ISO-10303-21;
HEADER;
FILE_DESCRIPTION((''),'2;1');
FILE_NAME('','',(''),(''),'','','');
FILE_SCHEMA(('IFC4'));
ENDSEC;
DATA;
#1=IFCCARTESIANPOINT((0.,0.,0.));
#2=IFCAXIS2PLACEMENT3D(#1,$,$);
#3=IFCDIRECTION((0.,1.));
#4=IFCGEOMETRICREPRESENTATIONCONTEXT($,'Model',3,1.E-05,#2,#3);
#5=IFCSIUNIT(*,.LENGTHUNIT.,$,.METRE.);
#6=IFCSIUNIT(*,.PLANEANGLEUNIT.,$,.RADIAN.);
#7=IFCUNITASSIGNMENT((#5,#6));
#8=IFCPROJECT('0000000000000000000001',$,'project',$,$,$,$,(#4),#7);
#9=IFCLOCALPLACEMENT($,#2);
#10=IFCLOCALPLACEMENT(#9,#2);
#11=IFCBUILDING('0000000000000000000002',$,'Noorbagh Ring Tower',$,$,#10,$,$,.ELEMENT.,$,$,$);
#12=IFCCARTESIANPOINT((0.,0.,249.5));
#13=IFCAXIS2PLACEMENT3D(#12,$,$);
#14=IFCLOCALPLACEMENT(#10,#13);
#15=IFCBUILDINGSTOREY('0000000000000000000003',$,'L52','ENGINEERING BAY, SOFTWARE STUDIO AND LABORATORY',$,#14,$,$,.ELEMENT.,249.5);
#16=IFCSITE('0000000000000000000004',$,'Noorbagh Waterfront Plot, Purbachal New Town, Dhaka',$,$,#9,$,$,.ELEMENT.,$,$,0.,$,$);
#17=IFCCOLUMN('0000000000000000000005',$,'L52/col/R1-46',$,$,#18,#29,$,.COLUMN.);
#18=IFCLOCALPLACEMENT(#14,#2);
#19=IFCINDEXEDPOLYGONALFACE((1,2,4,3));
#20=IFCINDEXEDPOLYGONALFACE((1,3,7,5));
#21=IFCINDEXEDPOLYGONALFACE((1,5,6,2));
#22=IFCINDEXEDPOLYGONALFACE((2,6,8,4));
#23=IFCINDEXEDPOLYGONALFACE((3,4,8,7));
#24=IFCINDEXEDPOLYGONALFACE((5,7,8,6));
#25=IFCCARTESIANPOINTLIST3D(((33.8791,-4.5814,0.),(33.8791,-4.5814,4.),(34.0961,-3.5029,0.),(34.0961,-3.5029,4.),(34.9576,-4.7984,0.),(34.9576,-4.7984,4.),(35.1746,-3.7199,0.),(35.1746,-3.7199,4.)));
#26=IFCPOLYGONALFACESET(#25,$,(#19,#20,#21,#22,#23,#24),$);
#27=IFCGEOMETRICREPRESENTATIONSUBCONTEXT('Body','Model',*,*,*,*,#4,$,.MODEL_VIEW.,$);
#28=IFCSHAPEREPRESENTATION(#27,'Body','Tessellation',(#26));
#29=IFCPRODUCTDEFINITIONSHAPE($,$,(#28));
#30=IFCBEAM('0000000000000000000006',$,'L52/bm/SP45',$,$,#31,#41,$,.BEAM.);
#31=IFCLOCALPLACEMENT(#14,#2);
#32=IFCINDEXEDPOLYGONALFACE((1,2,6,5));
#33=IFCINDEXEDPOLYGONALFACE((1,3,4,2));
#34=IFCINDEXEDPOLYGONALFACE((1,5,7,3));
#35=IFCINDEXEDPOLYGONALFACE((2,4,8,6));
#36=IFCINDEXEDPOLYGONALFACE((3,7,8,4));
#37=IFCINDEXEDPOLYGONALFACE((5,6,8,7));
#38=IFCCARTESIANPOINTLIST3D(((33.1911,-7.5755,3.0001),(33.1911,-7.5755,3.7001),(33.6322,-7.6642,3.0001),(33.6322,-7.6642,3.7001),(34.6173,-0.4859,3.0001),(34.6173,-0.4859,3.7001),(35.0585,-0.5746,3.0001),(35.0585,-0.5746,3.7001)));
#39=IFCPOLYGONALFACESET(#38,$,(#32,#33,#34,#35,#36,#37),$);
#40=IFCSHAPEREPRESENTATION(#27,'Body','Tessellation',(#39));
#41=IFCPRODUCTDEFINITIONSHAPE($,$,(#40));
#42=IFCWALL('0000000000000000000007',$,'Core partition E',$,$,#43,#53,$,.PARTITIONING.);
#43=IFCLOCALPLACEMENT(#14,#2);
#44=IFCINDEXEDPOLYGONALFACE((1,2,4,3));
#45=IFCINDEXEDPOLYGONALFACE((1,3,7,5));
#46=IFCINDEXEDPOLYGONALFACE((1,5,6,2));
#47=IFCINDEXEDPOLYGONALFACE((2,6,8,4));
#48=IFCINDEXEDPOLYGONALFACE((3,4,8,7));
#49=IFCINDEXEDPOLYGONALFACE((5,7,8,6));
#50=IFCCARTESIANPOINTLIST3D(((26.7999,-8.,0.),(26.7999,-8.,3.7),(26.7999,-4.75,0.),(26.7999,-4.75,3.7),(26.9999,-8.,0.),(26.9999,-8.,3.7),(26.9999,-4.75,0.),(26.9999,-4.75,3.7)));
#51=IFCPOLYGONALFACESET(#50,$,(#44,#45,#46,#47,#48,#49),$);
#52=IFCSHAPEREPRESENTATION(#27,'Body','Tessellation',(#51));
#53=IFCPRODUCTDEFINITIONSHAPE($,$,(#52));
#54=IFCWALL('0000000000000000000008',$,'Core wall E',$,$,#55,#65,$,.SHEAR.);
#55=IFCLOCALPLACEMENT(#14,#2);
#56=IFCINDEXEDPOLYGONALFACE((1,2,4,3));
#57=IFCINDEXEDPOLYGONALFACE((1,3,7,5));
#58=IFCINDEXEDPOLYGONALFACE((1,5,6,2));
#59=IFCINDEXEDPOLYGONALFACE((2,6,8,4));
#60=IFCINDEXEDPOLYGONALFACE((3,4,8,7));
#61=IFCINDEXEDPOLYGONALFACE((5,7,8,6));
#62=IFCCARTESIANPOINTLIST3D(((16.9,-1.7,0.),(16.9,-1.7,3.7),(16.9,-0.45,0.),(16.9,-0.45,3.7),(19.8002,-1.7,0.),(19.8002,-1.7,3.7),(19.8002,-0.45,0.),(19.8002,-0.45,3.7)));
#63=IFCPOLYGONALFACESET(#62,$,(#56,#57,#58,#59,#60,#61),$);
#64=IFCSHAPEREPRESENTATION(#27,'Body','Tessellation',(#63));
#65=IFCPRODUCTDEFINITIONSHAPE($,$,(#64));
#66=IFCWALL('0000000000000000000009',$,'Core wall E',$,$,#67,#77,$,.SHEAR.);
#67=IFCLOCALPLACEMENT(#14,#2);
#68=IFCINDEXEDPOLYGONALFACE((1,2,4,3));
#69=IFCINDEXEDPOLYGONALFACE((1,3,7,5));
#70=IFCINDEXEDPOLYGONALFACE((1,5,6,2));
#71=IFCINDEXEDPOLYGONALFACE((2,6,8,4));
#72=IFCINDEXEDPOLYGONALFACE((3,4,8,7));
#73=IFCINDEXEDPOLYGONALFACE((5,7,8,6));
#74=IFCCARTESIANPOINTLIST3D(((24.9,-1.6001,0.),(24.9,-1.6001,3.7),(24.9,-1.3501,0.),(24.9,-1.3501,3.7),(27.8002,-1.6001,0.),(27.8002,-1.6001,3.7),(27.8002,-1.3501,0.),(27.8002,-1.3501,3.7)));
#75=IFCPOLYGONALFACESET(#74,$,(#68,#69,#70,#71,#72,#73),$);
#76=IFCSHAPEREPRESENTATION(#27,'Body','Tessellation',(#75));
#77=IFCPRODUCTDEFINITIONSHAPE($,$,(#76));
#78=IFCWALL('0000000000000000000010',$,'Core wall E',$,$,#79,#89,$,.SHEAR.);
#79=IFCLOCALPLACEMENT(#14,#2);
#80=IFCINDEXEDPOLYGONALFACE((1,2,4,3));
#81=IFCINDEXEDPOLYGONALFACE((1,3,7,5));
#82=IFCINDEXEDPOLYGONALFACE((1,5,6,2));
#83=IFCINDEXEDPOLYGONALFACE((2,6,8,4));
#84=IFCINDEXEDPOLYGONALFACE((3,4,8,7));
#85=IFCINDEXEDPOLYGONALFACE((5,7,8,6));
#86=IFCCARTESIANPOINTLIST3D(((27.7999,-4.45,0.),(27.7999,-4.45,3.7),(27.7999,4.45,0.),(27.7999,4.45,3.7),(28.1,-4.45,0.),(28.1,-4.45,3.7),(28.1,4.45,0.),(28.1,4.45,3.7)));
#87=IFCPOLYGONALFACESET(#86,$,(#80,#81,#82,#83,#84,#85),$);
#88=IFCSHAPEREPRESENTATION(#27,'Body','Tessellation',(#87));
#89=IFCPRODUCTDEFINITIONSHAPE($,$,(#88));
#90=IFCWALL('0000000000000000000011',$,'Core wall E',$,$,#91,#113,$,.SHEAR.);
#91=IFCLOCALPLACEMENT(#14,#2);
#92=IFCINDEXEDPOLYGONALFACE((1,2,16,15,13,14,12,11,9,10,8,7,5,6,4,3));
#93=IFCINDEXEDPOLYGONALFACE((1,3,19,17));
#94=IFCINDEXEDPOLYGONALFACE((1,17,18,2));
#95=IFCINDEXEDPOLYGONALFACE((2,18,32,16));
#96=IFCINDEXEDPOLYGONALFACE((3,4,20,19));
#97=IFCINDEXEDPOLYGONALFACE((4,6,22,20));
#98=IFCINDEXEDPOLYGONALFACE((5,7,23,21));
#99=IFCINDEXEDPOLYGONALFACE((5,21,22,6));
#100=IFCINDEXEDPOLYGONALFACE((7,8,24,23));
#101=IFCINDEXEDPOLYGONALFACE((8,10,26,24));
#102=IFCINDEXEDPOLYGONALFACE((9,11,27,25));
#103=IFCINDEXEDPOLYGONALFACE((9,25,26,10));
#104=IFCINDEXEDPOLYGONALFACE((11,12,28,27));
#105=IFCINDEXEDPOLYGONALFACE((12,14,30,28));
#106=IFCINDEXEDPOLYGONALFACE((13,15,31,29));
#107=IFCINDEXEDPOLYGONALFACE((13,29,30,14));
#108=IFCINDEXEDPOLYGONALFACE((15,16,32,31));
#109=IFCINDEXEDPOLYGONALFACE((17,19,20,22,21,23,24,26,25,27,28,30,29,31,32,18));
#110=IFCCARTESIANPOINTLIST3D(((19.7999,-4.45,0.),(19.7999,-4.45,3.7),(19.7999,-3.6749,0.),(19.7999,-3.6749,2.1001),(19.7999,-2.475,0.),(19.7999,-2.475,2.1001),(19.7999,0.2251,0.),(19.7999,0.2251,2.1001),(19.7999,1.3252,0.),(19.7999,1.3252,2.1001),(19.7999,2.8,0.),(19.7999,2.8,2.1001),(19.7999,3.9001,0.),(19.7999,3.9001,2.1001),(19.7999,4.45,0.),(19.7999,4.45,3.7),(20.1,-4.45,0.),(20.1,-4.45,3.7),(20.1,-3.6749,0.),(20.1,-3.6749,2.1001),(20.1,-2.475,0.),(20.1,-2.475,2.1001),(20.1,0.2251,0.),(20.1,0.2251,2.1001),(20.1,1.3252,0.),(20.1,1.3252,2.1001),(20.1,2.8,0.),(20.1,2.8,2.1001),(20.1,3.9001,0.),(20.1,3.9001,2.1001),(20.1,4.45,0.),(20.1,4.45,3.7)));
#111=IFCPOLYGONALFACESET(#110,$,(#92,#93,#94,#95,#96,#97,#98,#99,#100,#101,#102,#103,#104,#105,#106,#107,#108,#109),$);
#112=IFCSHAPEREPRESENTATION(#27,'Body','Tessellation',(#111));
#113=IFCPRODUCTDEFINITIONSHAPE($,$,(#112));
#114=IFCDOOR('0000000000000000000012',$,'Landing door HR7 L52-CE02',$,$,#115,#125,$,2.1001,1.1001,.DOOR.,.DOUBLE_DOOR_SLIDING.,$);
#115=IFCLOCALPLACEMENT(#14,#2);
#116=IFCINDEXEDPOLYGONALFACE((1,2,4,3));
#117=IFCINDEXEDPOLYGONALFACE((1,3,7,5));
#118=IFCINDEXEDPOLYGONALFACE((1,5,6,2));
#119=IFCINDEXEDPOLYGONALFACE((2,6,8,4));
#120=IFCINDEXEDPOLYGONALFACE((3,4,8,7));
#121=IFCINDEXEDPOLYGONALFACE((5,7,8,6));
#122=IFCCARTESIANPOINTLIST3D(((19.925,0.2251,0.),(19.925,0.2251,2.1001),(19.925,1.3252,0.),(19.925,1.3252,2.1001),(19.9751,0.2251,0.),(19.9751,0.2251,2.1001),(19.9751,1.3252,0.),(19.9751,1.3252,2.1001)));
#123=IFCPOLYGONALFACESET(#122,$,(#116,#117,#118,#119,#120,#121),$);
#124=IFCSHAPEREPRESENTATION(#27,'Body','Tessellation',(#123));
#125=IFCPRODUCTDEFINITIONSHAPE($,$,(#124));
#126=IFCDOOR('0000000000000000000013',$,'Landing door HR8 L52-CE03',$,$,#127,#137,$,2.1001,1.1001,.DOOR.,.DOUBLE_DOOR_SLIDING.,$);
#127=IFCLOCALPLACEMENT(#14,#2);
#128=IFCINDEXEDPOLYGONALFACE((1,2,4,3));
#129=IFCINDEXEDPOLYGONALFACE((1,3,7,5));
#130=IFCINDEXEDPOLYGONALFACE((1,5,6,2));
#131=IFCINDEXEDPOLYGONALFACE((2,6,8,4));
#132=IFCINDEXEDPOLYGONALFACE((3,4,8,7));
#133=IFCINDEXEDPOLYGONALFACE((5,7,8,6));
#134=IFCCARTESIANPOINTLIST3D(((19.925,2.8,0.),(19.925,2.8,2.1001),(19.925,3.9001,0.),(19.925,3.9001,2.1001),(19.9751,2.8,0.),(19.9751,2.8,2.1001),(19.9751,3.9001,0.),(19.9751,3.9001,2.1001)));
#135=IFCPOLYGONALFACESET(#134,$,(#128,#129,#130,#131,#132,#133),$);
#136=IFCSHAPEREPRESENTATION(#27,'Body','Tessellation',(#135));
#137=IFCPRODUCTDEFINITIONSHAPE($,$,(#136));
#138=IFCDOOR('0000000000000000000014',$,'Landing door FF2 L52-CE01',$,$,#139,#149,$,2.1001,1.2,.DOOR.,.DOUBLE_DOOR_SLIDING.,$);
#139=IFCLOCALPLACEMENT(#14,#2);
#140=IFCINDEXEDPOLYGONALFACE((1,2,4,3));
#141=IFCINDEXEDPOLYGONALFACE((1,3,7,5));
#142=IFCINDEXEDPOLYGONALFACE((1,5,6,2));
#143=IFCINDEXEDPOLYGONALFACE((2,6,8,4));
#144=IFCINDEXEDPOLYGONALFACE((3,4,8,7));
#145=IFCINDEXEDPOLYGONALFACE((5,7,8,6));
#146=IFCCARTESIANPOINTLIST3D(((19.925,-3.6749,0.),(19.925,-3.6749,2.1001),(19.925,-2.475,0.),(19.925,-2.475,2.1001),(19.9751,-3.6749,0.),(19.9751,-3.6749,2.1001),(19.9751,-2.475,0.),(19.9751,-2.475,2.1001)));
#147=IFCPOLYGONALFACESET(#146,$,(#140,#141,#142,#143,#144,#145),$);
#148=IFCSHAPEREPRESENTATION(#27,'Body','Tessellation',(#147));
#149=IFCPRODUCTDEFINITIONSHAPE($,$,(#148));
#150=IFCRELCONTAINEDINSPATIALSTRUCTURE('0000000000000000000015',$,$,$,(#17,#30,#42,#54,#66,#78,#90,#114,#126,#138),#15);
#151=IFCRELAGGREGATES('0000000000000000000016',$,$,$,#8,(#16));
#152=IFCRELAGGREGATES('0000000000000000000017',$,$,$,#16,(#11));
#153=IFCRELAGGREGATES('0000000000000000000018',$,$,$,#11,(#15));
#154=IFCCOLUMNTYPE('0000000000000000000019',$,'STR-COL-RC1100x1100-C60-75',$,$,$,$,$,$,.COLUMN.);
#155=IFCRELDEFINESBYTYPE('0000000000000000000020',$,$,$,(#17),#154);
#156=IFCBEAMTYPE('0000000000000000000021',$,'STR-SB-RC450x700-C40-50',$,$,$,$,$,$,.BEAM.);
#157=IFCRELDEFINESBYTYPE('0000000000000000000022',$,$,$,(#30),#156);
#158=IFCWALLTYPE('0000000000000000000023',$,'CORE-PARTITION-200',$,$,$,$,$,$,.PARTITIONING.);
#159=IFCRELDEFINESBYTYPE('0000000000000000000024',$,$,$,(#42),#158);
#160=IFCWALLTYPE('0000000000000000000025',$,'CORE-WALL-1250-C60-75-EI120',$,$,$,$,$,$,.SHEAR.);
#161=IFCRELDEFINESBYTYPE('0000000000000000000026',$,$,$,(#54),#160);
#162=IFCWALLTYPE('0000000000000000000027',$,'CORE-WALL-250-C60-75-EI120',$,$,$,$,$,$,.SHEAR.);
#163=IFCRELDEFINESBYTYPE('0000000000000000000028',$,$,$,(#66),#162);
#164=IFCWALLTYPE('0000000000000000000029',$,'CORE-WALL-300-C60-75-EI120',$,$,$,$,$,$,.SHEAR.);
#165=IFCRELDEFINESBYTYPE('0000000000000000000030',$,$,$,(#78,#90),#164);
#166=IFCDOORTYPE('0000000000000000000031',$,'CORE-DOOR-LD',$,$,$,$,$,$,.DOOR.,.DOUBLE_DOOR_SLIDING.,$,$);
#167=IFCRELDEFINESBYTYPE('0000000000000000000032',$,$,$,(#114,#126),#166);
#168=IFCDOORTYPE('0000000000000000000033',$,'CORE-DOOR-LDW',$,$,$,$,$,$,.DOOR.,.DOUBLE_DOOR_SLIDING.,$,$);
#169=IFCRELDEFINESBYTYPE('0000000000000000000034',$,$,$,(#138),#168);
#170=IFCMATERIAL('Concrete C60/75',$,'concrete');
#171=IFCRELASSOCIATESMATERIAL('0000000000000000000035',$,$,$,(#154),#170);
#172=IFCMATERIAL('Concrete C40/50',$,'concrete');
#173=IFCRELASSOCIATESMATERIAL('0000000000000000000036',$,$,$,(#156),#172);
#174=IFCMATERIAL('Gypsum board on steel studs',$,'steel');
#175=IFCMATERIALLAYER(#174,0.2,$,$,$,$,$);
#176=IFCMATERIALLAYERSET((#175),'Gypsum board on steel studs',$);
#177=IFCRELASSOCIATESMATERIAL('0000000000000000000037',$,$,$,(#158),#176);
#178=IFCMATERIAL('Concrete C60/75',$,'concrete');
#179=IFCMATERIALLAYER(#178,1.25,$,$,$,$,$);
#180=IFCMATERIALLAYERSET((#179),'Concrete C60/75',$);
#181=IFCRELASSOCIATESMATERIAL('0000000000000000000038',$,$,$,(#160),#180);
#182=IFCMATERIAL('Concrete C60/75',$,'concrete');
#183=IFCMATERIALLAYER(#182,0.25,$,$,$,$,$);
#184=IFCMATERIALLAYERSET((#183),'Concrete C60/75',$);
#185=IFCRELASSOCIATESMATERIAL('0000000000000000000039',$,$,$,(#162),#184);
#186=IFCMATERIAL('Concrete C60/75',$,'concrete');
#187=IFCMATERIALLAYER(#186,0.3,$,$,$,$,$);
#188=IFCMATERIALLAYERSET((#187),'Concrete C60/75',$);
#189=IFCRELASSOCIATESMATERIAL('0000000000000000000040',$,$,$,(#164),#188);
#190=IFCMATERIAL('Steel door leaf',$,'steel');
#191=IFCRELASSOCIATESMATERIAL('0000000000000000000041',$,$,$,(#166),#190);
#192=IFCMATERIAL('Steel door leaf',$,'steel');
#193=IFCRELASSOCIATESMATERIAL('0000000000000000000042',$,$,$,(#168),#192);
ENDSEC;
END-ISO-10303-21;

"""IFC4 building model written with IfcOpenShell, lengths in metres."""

from ifc_helpers import new_model, si_unit, direction, frame, frame_2d, origin, origin_2d, place, context, subcontext, project, spatial, rectangle, extrude, material, layer, layer_set, material_profile, profile_set, type_object, element, fill, save


model = new_model("IFC4")

# Units and contexts
model_context = context("Model", 3, precision=1e-05, world=origin(), true_north=direction((0.0, 1.0)))
body_context = subcontext(model_context, "Body", "Model", "MODEL_VIEW")
ifc_project = project(units=[si_unit("LENGTHUNIT", "METRE"), si_unit("PLANEANGLEUNIT", "RADIAN")], contexts=[model_context])

# Site, building, storey
site_placement = place(None, origin())
site = spatial("IfcSite", under=ifc_project, at=site_placement, Name="Noorbagh Waterfront Plot, Purbachal New Town, Dhaka", CompositionType="ELEMENT", RefElevation=0.0)
building_placement = place(site_placement, origin())
building = spatial("IfcBuilding", under=site, at=building_placement, Name="Noorbagh Ring Tower", CompositionType="ELEMENT")
storey_placement = place(building_placement, frame((0.0, 0.0, 249.5)))
storey = spatial("IfcBuildingStorey", under=building, at=storey_placement, Name="L52", Description="ENGINEERING BAY, SOFTWARE STUDIO AND LABORATORY", CompositionType="ELEMENT", Elevation=249.5)

# Column
ifc_material_1 = material(Name="Concrete C60/75", Category="concrete")
ifc_material_profile_1 = material_profile(ifc_material_1, rectangle(XDim=1.1001, YDim=1.1001, at=origin_2d()), Name="RC1100x1100")
ifc_profile_set_1 = profile_set([ifc_material_profile_1], Name="Concrete C60/75")
column_type = type_object("IfcColumnType", Name="STR-COL-RC1100x1100-C60-75", PredefinedType="COLUMN", material=ifc_profile_set_1)
column_placement = place(storey_placement, frame((34.5269, -4.1506, 0.0), z_axis=(0.0, 0.0, 1.0), x_axis=(0.19723, 0.980357, 0.0)))
element("IfcColumn", 1, at=column_placement, inside=storey, type_object=column_type, Name="L52/col/R1-46", PredefinedType="COLUMN", context=body_context, shape_type="SweptSolid", body=[
    extrude(rectangle(XDim=1.1001, YDim=1.1001, at=origin_2d()), origin(), (0.0, 0.0, 1.0), 4.0),
])

# Beam
ifc_material_2 = material(Name="Concrete C40/50", Category="concrete")
ifc_material_profile_2 = material_profile(ifc_material_2, rectangle(XDim=0.45, YDim=0.7, at=origin_2d()), Name="RC450x700")
ifc_profile_set_2 = profile_set([ifc_material_profile_2], Name="Concrete C40/50")
beam_type = type_object("IfcBeamType", Name="STR-SB-RC450x700-C40-50", PredefinedType="BEAM", material=ifc_profile_set_2)
beam_placement = place(storey_placement, frame((33.4116, -7.6199, 3.3501), z_axis=(0.197226, 0.980358, 0.0), x_axis=(-0.980358, 0.197226, 0.0)))
element("IfcBeam", 2, at=beam_placement, inside=storey, type_object=beam_type, Name="L52/bm/SP45", PredefinedType="BEAM", context=body_context, shape_type="SweptSolid", body=[
    extrude(rectangle(XDim=0.45, YDim=0.7, at=origin_2d()), origin(), (0.0, 0.0, 1.0), 7.2317),
])

# Walls
ifc_material_3 = material(Name="Gypsum board on steel studs", Category="steel")
ifc_layer_1 = layer(ifc_material_3, 0.2)
ifc_layer_set_1 = layer_set([ifc_layer_1], Name="Gypsum board on steel studs")
wall_type_1 = type_object("IfcWallType", Name="CORE-PARTITION-200", PredefinedType="PARTITIONING", material=ifc_layer_set_1)
wall_1_placement = place(storey_placement, frame((26.8999, -8.0, 0.0), z_axis=(0.0, 0.0, 1.0), x_axis=(0.0, 1.0, 0.0)))
element("IfcWall", 3, at=wall_1_placement, inside=storey, type_object=wall_type_1, Name="Core partition E", PredefinedType="PARTITIONING", context=body_context, shape_type="SweptSolid", body=[
    extrude(rectangle(XDim=3.25, YDim=0.2, at=frame_2d((1.625, 0.0))), origin(), (0.0, 0.0, 1.0), 3.7),
])
ifc_material_4 = material(Name="Concrete C60/75", Category="concrete")
ifc_layer_2 = layer(ifc_material_4, 1.25)
ifc_layer_set_2 = layer_set([ifc_layer_2], Name="Concrete C60/75")
wall_type_2 = type_object("IfcWallType", Name="CORE-WALL-1250-C60-75-EI120", PredefinedType="SHEAR", material=ifc_layer_set_2)
wall_2_placement = place(storey_placement, frame((16.8999, -1.075, 0.0), z_axis=(0.0, 0.0, 1.0), x_axis=(1.0, 0.0, 0.0)))
element("IfcWall", 4, at=wall_2_placement, inside=storey, type_object=wall_type_2, Name="Core wall E", PredefinedType="SHEAR", context=body_context, shape_type="SweptSolid", body=[
    extrude(rectangle(XDim=2.9001, YDim=1.25, at=frame_2d((1.4502, 0.0))), origin(), (0.0, 0.0, 1.0), 3.7),
])
ifc_material_5 = material(Name="Concrete C60/75", Category="concrete")
ifc_layer_3 = layer(ifc_material_5, 0.25)
ifc_layer_set_3 = layer_set([ifc_layer_3], Name="Concrete C60/75")
wall_type_3 = type_object("IfcWallType", Name="CORE-WALL-250-C60-75-EI120", PredefinedType="SHEAR", material=ifc_layer_set_3)
wall_3_placement = place(storey_placement, frame((24.8999, -1.4751, 0.0), z_axis=(0.0, 0.0, 1.0), x_axis=(1.0, 0.0, 0.0)))
element("IfcWall", 5, at=wall_3_placement, inside=storey, type_object=wall_type_3, Name="Core wall E", PredefinedType="SHEAR", context=body_context, shape_type="SweptSolid", body=[
    extrude(rectangle(XDim=2.9001, YDim=0.25, at=frame_2d((1.4502, 0.0))), origin(), (0.0, 0.0, 1.0), 3.7),
])
ifc_material_6 = material(Name="Concrete C60/75", Category="concrete")
ifc_layer_4 = layer(ifc_material_6, 0.3)
ifc_layer_set_4 = layer_set([ifc_layer_4], Name="Concrete C60/75")
wall_type_4 = type_object("IfcWallType", Name="CORE-WALL-300-C60-75-EI120", PredefinedType="SHEAR", material=ifc_layer_set_4)
wall_4_placement = place(storey_placement, frame((27.95, -4.45, 0.0), z_axis=(0.0, 0.0, 1.0), x_axis=(0.0, 1.0, 0.0)))
element("IfcWall", 6, at=wall_4_placement, inside=storey, type_object=wall_type_4, Name="Core wall E", PredefinedType="SHEAR", context=body_context, shape_type="SweptSolid", body=[
    extrude(rectangle(XDim=8.8999, YDim=0.3, at=frame_2d((4.45, 0.0))), origin(), (0.0, 0.0, 1.0), 3.7),
])

# Wall, openings, doors
wall_5_placement = place(storey_placement, frame((19.95, -4.45, 0.0), z_axis=(0.0, 0.0, 1.0), x_axis=(0.0, 1.0, 0.0)))
wall_5 = element("IfcWall", 7, at=wall_5_placement, inside=storey, type_object=wall_type_4, Name="Core wall E", PredefinedType="SHEAR", context=body_context, shape_type="SweptSolid", body=[
    extrude(rectangle(XDim=8.8999, YDim=0.3, at=frame_2d((4.45, 0.0))), origin(), (0.0, 0.0, 1.0), 3.7),
])
opening_1_placement = place(wall_5_placement, frame((0.7749, 0.0, 0.0)))
opening_1 = element("IfcOpeningElement", 8, at=opening_1_placement, cuts=wall_5, PredefinedType="OPENING", context=body_context, shape_type="SweptSolid", body=[
    extrude(rectangle(XDim=1.2, YDim=2.1001, at=frame_2d((0.6001, 1.05))), frame((0.0, 0.1602, 0.0), z_axis=(0.0, -1.0, 0.0), x_axis=(1.0, 0.0, 0.0)), (0.0, 0.0, 1.0), 0.3201),
])
opening_2_placement = place(wall_5_placement, frame((4.675, 0.0, 0.0)))
opening_2 = element("IfcOpeningElement", 9, at=opening_2_placement, cuts=wall_5, PredefinedType="OPENING", context=body_context, shape_type="SweptSolid", body=[
    extrude(rectangle(XDim=1.1001, YDim=2.1001, at=frame_2d((0.55, 1.05))), frame((0.0, 0.1602, 0.0), z_axis=(0.0, -1.0, 0.0), x_axis=(1.0, 0.0, 0.0)), (0.0, 0.0, 1.0), 0.3201),
])
opening_3_placement = place(wall_5_placement, frame((7.25, 0.0, 0.0)))
opening_3 = element("IfcOpeningElement", 10, at=opening_3_placement, cuts=wall_5, PredefinedType="OPENING", context=body_context, shape_type="SweptSolid", body=[
    extrude(rectangle(XDim=1.1001, YDim=2.1001, at=frame_2d((0.55, 1.05))), frame((0.0, 0.1602, 0.0), z_axis=(0.0, -1.0, 0.0), x_axis=(1.0, 0.0, 0.0)), (0.0, 0.0, 1.0), 0.3201),
])
ifc_material_7 = material(Name="Steel door leaf", Category="steel")
door_type_1 = type_object("IfcDoorType", Name="CORE-DOOR-LD", OperationType="DOUBLE_DOOR_SLIDING", PredefinedType="DOOR", material=ifc_material_7)
door_1_placement = place(opening_2_placement, origin())
door_1 = element("IfcDoor", 11, at=door_1_placement, inside=storey, type_object=door_type_1, Name="Landing door HR7 L52-CE02", OperationType="DOUBLE_DOOR_SLIDING", OverallHeight=2.1001, OverallWidth=1.1001, PredefinedType="DOOR", context=body_context, shape_type="SweptSolid", body=[
    extrude(rectangle(XDim=1.1001, YDim=2.1001, at=frame_2d((0.55, 1.05))), frame((0.0, 0.0249, 0.0), z_axis=(0.0, -1.0, 0.0), x_axis=(1.0, 0.0, 0.0)), (0.0, 0.0, 1.0), 0.05),
])
fill(opening_2, door_1)
door_2_placement = place(opening_3_placement, origin())
door_2 = element("IfcDoor", 12, at=door_2_placement, inside=storey, type_object=door_type_1, Name="Landing door HR8 L52-CE03", OperationType="DOUBLE_DOOR_SLIDING", OverallHeight=2.1001, OverallWidth=1.1001, PredefinedType="DOOR", context=body_context, shape_type="SweptSolid", body=[
    extrude(rectangle(XDim=1.1001, YDim=2.1001, at=frame_2d((0.55, 1.05))), frame((0.0, 0.0249, 0.0), z_axis=(0.0, -1.0, 0.0), x_axis=(1.0, 0.0, 0.0)), (0.0, 0.0, 1.0), 0.05),
])
fill(opening_3, door_2)
ifc_material_8 = material(Name="Steel door leaf", Category="steel")
door_type_2 = type_object("IfcDoorType", Name="CORE-DOOR-LDW", OperationType="DOUBLE_DOOR_SLIDING", PredefinedType="DOOR", material=ifc_material_8)
door_3_placement = place(opening_1_placement, origin())
door_3 = element("IfcDoor", 13, at=door_3_placement, inside=storey, type_object=door_type_2, Name="Landing door FF2 L52-CE01", OperationType="DOUBLE_DOOR_SLIDING", OverallHeight=2.1001, OverallWidth=1.2, PredefinedType="DOOR", context=body_context, shape_type="SweptSolid", body=[
    extrude(rectangle(XDim=1.2, YDim=2.1001, at=frame_2d((0.6001, 1.05))), frame((0.0, 0.0249, 0.0), z_axis=(0.0, -1.0, 0.0), x_axis=(1.0, 0.0, 0.0)), (0.0, 0.0, 1.0), 0.05),
])
fill(opening_1, door_3)

save(model, "model.ifc")
